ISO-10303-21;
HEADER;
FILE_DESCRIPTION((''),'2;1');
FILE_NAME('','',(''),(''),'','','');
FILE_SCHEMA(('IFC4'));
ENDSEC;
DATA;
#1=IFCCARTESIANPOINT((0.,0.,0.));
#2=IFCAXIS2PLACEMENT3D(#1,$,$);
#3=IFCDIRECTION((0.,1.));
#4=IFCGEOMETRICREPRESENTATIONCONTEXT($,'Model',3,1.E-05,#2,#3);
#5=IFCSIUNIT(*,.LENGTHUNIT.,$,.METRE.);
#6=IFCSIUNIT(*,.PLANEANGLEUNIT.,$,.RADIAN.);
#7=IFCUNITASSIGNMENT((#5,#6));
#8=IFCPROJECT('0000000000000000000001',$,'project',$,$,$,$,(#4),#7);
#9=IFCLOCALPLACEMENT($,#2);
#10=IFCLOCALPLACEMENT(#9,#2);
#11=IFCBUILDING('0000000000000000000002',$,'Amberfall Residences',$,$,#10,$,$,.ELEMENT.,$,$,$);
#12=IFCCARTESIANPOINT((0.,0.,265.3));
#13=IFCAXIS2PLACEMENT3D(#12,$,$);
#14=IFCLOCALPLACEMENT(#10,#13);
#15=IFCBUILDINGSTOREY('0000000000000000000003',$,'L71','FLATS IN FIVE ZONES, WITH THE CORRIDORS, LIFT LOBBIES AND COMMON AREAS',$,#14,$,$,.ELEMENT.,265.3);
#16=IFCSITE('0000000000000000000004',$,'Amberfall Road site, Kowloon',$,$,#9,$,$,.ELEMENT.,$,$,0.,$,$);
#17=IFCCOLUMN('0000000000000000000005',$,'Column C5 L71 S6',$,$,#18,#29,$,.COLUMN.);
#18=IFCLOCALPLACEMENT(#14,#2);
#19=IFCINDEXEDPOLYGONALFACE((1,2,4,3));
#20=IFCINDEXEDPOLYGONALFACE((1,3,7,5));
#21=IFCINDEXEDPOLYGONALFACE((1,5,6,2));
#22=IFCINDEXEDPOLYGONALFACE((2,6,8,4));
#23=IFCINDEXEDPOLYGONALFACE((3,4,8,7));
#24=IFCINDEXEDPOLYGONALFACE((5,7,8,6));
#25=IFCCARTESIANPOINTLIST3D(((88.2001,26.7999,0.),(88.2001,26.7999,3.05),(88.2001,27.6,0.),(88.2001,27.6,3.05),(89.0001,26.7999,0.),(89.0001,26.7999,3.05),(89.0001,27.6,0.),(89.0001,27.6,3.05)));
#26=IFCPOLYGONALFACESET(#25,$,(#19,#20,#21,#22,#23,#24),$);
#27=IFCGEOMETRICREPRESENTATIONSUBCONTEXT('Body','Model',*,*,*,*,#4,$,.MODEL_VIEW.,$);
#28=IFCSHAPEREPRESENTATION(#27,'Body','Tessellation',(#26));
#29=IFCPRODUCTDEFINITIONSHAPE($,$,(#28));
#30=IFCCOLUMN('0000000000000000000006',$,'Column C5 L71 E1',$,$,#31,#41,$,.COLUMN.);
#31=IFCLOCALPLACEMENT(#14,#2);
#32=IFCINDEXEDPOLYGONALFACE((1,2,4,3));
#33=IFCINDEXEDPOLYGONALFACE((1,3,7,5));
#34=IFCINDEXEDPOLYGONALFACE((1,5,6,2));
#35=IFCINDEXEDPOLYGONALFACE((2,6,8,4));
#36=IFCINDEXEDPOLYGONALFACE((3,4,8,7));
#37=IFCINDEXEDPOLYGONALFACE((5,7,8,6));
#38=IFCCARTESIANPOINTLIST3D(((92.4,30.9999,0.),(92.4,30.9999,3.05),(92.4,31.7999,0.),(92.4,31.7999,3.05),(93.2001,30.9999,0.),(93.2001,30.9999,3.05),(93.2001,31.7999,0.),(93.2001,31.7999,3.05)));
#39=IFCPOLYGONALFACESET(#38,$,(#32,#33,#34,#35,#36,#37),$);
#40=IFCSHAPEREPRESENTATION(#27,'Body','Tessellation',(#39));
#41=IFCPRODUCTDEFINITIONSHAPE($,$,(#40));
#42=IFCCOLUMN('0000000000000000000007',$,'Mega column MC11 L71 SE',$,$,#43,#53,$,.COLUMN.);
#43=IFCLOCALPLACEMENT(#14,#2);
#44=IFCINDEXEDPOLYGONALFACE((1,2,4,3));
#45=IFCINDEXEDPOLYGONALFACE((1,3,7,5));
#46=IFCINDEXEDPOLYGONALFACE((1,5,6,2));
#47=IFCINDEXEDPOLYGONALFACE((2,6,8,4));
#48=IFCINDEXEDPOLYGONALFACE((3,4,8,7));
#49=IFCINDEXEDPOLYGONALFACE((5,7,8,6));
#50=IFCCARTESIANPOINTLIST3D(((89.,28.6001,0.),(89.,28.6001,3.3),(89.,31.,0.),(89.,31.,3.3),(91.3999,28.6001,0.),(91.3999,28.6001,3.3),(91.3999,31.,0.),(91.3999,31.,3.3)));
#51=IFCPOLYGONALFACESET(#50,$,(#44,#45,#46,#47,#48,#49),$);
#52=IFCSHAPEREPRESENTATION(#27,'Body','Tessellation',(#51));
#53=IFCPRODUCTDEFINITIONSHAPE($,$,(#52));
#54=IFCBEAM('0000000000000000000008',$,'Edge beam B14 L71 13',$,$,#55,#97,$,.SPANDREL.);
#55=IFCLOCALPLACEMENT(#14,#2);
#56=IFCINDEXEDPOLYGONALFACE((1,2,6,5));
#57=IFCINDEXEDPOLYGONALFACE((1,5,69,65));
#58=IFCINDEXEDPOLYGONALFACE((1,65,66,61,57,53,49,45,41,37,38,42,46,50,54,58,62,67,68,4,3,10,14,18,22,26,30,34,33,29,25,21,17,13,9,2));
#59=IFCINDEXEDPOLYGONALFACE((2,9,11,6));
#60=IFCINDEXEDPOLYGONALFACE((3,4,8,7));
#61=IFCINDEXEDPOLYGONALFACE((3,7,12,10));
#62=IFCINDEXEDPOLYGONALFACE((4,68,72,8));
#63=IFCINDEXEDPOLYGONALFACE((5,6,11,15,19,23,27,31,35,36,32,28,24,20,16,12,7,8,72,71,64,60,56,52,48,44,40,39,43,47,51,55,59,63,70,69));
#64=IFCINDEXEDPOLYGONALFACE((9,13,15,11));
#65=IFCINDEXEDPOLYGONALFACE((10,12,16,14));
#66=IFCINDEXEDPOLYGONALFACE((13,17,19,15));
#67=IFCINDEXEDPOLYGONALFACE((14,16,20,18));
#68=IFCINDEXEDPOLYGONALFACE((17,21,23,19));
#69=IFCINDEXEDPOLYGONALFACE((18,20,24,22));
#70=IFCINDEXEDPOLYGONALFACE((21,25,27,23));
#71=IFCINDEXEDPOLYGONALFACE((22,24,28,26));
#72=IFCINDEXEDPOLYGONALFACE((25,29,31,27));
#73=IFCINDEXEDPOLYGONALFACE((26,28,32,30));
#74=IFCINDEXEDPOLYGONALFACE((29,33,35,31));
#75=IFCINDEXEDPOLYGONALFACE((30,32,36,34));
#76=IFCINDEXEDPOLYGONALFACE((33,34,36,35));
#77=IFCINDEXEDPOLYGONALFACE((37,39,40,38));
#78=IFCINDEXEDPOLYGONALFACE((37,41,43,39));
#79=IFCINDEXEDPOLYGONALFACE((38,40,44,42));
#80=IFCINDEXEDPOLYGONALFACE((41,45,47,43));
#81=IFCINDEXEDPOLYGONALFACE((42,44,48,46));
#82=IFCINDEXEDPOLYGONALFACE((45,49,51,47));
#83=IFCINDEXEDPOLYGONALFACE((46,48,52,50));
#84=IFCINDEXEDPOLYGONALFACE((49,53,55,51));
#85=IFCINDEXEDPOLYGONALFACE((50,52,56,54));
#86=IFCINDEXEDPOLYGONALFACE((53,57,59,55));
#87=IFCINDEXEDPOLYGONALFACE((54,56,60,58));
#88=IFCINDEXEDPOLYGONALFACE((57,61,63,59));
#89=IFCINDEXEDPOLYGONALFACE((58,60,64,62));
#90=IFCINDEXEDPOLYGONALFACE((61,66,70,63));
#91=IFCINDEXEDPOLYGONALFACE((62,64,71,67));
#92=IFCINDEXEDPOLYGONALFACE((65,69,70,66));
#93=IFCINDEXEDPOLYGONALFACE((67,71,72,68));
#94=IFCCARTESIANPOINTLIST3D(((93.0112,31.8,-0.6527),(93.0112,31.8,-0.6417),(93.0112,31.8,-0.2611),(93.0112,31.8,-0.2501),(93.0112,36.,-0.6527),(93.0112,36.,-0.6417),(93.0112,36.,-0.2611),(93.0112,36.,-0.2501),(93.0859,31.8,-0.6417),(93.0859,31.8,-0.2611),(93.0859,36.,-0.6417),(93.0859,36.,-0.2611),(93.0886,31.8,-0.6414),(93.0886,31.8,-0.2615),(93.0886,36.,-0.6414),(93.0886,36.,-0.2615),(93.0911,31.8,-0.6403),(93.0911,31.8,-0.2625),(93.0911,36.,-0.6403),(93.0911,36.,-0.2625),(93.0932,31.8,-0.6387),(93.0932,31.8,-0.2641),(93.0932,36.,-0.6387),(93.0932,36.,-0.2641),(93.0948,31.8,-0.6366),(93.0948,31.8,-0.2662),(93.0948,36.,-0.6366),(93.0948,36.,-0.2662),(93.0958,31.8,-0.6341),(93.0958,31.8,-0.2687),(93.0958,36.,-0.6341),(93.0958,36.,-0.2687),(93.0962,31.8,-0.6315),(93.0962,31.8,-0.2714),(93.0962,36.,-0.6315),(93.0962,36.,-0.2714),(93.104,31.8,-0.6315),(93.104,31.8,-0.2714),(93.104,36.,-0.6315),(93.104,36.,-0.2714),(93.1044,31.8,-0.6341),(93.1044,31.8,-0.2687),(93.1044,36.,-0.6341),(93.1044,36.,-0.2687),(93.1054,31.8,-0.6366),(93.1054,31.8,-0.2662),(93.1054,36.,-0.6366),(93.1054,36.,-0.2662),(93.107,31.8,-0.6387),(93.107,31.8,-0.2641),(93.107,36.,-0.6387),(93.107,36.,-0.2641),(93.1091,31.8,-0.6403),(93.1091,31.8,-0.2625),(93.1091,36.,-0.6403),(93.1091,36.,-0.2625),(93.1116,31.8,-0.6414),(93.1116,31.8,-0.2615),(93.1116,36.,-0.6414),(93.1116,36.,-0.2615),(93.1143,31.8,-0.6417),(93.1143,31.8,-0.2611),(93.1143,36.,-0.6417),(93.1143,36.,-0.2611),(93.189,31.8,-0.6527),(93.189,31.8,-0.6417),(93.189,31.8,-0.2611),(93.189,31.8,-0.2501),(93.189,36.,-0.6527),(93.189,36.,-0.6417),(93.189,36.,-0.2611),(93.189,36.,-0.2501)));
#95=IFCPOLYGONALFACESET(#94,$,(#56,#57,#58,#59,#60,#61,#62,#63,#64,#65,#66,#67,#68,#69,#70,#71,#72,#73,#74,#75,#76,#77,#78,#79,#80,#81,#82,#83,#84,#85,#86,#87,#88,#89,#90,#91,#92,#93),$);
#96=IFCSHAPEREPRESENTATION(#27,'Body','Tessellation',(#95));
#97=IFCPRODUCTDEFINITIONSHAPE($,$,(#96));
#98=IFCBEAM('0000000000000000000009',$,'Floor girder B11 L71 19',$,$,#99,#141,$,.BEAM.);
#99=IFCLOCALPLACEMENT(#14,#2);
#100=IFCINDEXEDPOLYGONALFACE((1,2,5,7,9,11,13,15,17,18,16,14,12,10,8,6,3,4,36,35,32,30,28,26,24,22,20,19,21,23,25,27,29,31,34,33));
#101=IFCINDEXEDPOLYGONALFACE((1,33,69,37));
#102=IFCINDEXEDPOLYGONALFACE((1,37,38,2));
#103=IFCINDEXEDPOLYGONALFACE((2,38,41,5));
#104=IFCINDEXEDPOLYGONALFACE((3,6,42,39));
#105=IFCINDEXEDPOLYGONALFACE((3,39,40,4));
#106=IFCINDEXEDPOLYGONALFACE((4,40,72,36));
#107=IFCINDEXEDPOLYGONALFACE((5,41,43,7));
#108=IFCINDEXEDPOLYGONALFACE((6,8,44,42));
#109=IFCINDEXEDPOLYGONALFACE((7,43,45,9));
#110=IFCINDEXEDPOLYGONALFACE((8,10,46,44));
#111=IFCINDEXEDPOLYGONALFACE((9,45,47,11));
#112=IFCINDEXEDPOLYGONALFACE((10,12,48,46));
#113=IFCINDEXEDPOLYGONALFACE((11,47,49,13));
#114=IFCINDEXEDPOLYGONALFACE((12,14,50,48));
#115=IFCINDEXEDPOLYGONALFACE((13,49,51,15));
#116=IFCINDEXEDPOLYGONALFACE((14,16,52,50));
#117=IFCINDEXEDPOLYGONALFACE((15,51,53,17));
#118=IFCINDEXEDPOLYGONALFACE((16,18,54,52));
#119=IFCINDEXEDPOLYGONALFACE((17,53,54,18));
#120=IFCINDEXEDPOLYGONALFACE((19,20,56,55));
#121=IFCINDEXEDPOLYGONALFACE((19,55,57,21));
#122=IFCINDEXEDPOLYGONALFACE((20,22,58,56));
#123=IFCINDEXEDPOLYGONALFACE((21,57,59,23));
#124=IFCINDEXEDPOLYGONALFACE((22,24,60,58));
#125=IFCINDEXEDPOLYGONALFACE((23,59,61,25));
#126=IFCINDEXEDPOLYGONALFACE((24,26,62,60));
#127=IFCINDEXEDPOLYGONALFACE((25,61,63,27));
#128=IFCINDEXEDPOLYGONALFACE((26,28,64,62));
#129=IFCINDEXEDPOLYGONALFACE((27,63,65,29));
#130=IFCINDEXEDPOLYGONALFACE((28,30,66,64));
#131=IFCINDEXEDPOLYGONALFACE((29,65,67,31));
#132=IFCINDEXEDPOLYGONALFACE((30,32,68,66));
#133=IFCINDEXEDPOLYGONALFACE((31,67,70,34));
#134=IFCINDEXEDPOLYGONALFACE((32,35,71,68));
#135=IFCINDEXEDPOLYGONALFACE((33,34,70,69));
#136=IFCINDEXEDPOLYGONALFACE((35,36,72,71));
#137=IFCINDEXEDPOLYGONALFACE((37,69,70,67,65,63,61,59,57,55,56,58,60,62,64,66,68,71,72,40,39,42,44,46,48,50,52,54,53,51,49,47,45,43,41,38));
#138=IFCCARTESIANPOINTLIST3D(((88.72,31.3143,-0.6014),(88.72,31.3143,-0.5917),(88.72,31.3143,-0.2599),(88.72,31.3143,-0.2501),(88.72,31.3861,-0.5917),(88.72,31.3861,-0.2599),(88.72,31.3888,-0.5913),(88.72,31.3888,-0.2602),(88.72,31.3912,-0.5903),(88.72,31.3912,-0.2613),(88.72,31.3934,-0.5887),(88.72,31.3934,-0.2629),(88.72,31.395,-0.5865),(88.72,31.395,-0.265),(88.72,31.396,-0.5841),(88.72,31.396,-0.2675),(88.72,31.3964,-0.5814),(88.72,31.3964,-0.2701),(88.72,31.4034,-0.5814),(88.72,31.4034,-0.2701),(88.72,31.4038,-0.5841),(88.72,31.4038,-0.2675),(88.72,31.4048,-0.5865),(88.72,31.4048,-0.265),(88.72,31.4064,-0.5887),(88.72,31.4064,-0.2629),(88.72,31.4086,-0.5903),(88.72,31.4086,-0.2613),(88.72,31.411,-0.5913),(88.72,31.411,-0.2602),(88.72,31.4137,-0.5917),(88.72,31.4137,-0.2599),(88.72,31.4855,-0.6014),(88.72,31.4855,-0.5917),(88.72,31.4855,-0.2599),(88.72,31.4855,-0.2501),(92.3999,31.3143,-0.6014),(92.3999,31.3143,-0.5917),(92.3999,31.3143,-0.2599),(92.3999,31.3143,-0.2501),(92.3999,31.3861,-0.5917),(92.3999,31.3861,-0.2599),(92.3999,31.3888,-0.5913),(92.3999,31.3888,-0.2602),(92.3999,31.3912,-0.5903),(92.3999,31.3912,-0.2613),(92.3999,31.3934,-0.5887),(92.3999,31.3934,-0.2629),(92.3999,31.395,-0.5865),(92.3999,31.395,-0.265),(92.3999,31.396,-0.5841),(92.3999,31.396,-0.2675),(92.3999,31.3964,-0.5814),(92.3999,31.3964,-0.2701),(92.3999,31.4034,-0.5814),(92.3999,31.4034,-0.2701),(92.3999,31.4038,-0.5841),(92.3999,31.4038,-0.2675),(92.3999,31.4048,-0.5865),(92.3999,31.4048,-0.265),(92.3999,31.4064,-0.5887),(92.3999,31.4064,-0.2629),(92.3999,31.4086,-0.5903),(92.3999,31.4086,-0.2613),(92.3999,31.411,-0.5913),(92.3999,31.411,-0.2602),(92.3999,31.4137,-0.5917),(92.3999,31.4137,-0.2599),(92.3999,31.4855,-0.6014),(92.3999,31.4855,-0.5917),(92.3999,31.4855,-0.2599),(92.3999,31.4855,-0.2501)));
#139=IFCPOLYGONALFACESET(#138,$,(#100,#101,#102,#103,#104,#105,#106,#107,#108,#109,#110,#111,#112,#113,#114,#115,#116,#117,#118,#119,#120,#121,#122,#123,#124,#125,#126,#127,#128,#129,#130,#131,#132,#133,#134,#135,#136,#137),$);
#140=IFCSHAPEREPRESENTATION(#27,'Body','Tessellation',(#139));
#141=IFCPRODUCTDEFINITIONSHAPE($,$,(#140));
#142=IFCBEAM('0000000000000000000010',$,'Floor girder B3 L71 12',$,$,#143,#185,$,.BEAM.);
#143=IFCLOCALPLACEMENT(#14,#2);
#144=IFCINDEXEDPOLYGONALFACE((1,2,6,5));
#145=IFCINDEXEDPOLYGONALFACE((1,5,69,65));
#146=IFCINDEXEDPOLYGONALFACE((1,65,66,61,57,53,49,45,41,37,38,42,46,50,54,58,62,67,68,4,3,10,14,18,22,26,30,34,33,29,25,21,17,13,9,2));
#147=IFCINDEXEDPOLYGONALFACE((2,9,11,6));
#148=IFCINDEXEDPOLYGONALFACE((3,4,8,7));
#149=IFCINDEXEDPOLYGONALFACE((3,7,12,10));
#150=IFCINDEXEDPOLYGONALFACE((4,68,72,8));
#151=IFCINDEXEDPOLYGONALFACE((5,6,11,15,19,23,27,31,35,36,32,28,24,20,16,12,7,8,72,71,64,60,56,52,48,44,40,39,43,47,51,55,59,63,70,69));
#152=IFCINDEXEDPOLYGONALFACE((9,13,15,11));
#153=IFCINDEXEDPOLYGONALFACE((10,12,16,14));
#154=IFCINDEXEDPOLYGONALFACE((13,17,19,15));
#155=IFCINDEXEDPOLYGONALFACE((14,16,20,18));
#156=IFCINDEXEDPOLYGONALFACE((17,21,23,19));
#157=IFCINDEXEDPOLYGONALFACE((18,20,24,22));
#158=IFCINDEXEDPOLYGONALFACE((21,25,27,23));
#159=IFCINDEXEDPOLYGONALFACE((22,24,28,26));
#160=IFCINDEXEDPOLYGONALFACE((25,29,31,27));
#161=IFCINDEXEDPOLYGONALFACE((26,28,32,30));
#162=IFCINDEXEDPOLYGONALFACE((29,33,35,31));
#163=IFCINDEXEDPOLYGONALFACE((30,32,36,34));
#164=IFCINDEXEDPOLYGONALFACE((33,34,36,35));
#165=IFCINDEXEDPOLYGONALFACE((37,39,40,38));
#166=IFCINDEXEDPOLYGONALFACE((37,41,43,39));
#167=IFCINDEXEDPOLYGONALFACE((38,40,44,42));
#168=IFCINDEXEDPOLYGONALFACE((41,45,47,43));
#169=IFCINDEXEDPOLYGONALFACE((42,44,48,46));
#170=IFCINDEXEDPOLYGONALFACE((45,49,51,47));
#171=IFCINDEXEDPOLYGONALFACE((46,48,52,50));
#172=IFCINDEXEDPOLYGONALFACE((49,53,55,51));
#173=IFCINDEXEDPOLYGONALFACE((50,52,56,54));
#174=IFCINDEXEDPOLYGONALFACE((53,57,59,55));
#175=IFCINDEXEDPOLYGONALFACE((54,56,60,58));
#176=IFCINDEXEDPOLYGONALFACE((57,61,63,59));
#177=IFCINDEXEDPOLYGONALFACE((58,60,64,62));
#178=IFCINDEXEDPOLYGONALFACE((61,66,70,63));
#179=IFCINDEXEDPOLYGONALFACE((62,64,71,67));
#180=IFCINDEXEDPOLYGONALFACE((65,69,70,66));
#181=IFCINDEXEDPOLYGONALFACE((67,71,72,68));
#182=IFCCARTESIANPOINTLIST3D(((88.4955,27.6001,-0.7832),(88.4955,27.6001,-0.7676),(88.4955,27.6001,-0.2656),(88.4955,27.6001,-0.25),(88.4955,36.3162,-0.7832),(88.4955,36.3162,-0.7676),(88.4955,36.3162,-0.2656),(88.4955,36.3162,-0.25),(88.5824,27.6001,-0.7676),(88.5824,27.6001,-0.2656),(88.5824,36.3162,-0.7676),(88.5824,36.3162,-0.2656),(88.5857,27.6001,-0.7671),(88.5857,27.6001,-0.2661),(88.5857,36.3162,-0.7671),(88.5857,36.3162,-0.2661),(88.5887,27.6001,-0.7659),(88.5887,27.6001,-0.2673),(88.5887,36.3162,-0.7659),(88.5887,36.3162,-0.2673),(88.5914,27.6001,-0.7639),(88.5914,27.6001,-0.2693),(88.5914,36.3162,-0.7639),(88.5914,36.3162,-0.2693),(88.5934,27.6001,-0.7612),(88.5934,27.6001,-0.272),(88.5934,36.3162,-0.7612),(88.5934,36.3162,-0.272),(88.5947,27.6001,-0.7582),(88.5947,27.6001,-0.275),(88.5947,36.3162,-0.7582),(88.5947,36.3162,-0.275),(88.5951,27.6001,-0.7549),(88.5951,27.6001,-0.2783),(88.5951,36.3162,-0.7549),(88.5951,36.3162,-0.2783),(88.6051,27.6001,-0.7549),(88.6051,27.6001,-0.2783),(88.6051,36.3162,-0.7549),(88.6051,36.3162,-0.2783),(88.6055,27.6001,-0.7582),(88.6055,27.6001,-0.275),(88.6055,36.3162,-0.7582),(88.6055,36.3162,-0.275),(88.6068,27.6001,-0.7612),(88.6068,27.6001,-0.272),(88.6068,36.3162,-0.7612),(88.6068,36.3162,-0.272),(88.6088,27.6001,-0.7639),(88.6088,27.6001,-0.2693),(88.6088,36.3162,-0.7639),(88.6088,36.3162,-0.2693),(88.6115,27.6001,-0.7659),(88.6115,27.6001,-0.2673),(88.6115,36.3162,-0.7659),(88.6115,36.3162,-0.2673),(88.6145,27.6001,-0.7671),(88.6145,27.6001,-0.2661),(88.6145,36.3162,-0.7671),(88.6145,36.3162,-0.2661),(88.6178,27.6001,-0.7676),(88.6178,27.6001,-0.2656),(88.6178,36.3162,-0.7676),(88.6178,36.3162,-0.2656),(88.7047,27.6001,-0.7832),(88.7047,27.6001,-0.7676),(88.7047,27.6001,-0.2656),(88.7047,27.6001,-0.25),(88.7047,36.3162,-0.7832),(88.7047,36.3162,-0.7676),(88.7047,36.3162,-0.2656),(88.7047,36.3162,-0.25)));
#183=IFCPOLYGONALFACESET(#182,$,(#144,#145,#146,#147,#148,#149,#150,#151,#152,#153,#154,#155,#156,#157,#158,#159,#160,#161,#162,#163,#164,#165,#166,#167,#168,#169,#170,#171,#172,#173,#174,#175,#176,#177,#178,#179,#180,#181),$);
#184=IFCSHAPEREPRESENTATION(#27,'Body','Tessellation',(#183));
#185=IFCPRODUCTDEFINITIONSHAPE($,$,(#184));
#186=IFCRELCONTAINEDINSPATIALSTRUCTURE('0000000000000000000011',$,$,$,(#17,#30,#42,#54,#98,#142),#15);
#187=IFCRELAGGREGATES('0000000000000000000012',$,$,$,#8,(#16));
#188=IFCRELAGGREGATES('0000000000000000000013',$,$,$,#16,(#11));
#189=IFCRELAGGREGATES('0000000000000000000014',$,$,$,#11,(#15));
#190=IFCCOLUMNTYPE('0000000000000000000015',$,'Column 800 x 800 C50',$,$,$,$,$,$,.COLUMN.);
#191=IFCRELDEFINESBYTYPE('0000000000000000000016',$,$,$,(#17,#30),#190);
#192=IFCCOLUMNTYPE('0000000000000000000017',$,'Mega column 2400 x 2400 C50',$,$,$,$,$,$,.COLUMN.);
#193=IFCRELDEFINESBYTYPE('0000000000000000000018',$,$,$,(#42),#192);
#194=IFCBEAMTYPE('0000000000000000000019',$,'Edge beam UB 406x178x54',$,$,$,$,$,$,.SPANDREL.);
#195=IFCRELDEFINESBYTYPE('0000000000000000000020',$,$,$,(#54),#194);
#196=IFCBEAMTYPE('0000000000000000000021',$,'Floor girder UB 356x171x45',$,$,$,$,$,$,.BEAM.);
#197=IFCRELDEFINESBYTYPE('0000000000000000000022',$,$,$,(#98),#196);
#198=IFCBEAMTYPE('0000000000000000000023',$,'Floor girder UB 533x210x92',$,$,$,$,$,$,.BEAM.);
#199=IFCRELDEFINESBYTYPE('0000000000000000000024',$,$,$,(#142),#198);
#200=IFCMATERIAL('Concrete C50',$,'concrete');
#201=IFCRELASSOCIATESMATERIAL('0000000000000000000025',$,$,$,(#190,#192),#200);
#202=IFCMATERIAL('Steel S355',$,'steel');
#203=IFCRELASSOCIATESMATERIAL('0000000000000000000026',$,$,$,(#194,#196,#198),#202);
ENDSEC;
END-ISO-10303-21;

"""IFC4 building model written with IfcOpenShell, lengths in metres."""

from ifc_helpers import new_model, si_unit, direction, frame, origin, origin_2d, place, context, subcontext, project, spatial, rectangle, i_section, extrude, material, material_profile, profile_set, type_object, element, save


model = new_model("IFC4")

# Units and contexts
model_context = context("Model", 3, precision=1e-05, world=origin(), true_north=direction((0.0, 1.0)))
body_context = subcontext(model_context, "Body", "Model", "MODEL_VIEW")
ifc_project = project(units=[si_unit("LENGTHUNIT", "METRE"), si_unit("PLANEANGLEUNIT", "RADIAN")], contexts=[model_context])

# Site, building, storey
site_placement = place(None, origin())
site = spatial("IfcSite", under=ifc_project, at=site_placement, Name="Amberfall Road site, Kowloon", CompositionType="ELEMENT", RefElevation=0.0)
building_placement = place(site_placement, origin())
building = spatial("IfcBuilding", under=site, at=building_placement, Name="Amberfall Residences", CompositionType="ELEMENT")
storey_placement = place(building_placement, frame((0.0, 0.0, 265.3)))
storey = spatial("IfcBuildingStorey", under=building, at=storey_placement, Name="L71", Description="FLATS IN FIVE ZONES, WITH THE CORRIDORS, LIFT LOBBIES AND COMMON AREAS", CompositionType="ELEMENT", Elevation=265.3)

# Columns
ifc_material_1 = material(Name="Concrete C50", Category="concrete")
ifc_material_profile_1 = material_profile(ifc_material_1, rectangle(XDim=0.8, YDim=0.8, at=origin_2d()), Name="Column 800 x 800 C50")
ifc_profile_set_1 = profile_set([ifc_material_profile_1], Name="Concrete C50")
column_type_1 = type_object("IfcColumnType", Name="Column 800 x 800 C50", PredefinedType="COLUMN", material=ifc_profile_set_1)
for number, where, z_axis, x_axis, name in (
    (1, (88.6001, 27.2, 0.0), (0.0, 0.0, 1.0), (1.0, 0.0, 0.0), "Column C5 L71 S6"),
    (2, (92.8, 31.3999, 0.0), (0.0, 0.0, 1.0), (1.0, 0.0, 0.0), "Column C5 L71 E1"),
):
    element("IfcColumn", number, at=place(storey_placement, frame(where, z_axis=z_axis, x_axis=x_axis)), inside=storey, type_object=column_type_1, Name=name, PredefinedType="COLUMN", context=body_context, shape_type="SweptSolid", body=[
        extrude(rectangle(XDim=0.8, YDim=0.8, at=origin_2d()), origin(), (0.0, 0.0, 1.0), 3.05),
    ])
ifc_material_profile_2 = material_profile(ifc_material_1, rectangle(XDim=2.3999, YDim=2.3999, at=origin_2d()), Name="Mega column 2400 x 2400 C50")
ifc_profile_set_2 = profile_set([ifc_material_profile_2], Name="Concrete C50")
column_type_2 = type_object("IfcColumnType", Name="Mega column 2400 x 2400 C50", PredefinedType="COLUMN", material=ifc_profile_set_2)
column_placement = place(storey_placement, frame((90.2, 29.8, 0.0), z_axis=(0.0, 0.0, 1.0), x_axis=(1.0, 0.0, 0.0)))
element("IfcColumn", 3, at=column_placement, inside=storey, type_object=column_type_2, Name="Mega column MC11 L71 SE", PredefinedType="COLUMN", context=body_context, shape_type="SweptSolid", body=[
    extrude(rectangle(XDim=2.3999, YDim=2.3999, at=origin_2d()), origin(), (0.0, 0.0, 1.0), 3.3),
])

# Beams
ifc_material_2 = material(Name="Steel S355", Category="steel")
ifc_material_profile_3 = material_profile(ifc_material_2, i_section(OverallWidth=0.1777, OverallDepth=0.4026, WebThickness=0.0078, FlangeThickness=0.011, FilletRadius=0.0103, at=origin_2d()), Name="UB 406x178x54")
ifc_profile_set_3 = profile_set([ifc_material_profile_3], Name="Steel S355")
beam_type_1 = type_object("IfcBeamType", Name="Edge beam UB 406x178x54", PredefinedType="SPANDREL", material=ifc_profile_set_3)
beam_1_placement = place(storey_placement, frame((93.1001, 31.8, -0.4514), z_axis=(0.0, 1.0, 0.0), x_axis=(-1.0, 0.0, 0.0)))
element("IfcBeam", 4, at=beam_1_placement, inside=storey, type_object=beam_type_1, Name="Edge beam B14 L71 13", PredefinedType="SPANDREL", context=body_context, shape_type="SweptSolid", body=[
    extrude(i_section(OverallWidth=0.1777, OverallDepth=0.4026, WebThickness=0.0078, FlangeThickness=0.011, FilletRadius=0.0103, at=origin_2d()), origin(), (0.0, 0.0, 1.0), 4.2),
])
ifc_material_profile_4 = material_profile(ifc_material_2, i_section(OverallWidth=0.1711, OverallDepth=0.3513, WebThickness=0.0071, FlangeThickness=0.0098, FilletRadius=0.0103, at=origin_2d()), Name="UB 356x171x45")
ifc_profile_set_4 = profile_set([ifc_material_profile_4], Name="Steel S355")
beam_type_2 = type_object("IfcBeamType", Name="Floor girder UB 356x171x45", PredefinedType="BEAM", material=ifc_profile_set_4)
beam_2_placement = place(storey_placement, frame((92.3999, 31.3999, -0.4258), z_axis=(-1.0, 0.0, 0.0), x_axis=(0.0, -1.0, 0.0)))
element("IfcBeam", 5, at=beam_2_placement, inside=storey, type_object=beam_type_2, Name="Floor girder B11 L71 19", PredefinedType="BEAM", context=body_context, shape_type="SweptSolid", body=[
    extrude(i_section(OverallWidth=0.1711, OverallDepth=0.3513, WebThickness=0.0071, FlangeThickness=0.0098, FilletRadius=0.0103, at=origin_2d()), origin(), (0.0, 0.0, 1.0), 3.6799),
])
ifc_material_profile_5 = material_profile(ifc_material_2, i_section(OverallWidth=0.2092, OverallDepth=0.5332, WebThickness=0.01, FlangeThickness=0.0156, FilletRadius=0.0127, at=origin_2d()), Name="UB 533x210x92")
ifc_profile_set_5 = profile_set([ifc_material_profile_5], Name="Steel S355")
beam_type_3 = type_object("IfcBeamType", Name="Floor girder UB 533x210x92", PredefinedType="BEAM", material=ifc_profile_set_5)
beam_3_placement = place(storey_placement, frame((88.6001, 27.6001, -0.5166), z_axis=(0.0, 1.0, 0.0), x_axis=(-1.0, 0.0, 0.0)))
element("IfcBeam", 6, at=beam_3_placement, inside=storey, type_object=beam_type_3, Name="Floor girder B3 L71 12", PredefinedType="BEAM", context=body_context, shape_type="SweptSolid", body=[
    extrude(i_section(OverallWidth=0.2092, OverallDepth=0.5332, WebThickness=0.01, FlangeThickness=0.0156, FilletRadius=0.0127, at=origin_2d()), origin(), (0.0, 0.0, 1.0), 8.7161),
])

save(model, "model.ifc")
